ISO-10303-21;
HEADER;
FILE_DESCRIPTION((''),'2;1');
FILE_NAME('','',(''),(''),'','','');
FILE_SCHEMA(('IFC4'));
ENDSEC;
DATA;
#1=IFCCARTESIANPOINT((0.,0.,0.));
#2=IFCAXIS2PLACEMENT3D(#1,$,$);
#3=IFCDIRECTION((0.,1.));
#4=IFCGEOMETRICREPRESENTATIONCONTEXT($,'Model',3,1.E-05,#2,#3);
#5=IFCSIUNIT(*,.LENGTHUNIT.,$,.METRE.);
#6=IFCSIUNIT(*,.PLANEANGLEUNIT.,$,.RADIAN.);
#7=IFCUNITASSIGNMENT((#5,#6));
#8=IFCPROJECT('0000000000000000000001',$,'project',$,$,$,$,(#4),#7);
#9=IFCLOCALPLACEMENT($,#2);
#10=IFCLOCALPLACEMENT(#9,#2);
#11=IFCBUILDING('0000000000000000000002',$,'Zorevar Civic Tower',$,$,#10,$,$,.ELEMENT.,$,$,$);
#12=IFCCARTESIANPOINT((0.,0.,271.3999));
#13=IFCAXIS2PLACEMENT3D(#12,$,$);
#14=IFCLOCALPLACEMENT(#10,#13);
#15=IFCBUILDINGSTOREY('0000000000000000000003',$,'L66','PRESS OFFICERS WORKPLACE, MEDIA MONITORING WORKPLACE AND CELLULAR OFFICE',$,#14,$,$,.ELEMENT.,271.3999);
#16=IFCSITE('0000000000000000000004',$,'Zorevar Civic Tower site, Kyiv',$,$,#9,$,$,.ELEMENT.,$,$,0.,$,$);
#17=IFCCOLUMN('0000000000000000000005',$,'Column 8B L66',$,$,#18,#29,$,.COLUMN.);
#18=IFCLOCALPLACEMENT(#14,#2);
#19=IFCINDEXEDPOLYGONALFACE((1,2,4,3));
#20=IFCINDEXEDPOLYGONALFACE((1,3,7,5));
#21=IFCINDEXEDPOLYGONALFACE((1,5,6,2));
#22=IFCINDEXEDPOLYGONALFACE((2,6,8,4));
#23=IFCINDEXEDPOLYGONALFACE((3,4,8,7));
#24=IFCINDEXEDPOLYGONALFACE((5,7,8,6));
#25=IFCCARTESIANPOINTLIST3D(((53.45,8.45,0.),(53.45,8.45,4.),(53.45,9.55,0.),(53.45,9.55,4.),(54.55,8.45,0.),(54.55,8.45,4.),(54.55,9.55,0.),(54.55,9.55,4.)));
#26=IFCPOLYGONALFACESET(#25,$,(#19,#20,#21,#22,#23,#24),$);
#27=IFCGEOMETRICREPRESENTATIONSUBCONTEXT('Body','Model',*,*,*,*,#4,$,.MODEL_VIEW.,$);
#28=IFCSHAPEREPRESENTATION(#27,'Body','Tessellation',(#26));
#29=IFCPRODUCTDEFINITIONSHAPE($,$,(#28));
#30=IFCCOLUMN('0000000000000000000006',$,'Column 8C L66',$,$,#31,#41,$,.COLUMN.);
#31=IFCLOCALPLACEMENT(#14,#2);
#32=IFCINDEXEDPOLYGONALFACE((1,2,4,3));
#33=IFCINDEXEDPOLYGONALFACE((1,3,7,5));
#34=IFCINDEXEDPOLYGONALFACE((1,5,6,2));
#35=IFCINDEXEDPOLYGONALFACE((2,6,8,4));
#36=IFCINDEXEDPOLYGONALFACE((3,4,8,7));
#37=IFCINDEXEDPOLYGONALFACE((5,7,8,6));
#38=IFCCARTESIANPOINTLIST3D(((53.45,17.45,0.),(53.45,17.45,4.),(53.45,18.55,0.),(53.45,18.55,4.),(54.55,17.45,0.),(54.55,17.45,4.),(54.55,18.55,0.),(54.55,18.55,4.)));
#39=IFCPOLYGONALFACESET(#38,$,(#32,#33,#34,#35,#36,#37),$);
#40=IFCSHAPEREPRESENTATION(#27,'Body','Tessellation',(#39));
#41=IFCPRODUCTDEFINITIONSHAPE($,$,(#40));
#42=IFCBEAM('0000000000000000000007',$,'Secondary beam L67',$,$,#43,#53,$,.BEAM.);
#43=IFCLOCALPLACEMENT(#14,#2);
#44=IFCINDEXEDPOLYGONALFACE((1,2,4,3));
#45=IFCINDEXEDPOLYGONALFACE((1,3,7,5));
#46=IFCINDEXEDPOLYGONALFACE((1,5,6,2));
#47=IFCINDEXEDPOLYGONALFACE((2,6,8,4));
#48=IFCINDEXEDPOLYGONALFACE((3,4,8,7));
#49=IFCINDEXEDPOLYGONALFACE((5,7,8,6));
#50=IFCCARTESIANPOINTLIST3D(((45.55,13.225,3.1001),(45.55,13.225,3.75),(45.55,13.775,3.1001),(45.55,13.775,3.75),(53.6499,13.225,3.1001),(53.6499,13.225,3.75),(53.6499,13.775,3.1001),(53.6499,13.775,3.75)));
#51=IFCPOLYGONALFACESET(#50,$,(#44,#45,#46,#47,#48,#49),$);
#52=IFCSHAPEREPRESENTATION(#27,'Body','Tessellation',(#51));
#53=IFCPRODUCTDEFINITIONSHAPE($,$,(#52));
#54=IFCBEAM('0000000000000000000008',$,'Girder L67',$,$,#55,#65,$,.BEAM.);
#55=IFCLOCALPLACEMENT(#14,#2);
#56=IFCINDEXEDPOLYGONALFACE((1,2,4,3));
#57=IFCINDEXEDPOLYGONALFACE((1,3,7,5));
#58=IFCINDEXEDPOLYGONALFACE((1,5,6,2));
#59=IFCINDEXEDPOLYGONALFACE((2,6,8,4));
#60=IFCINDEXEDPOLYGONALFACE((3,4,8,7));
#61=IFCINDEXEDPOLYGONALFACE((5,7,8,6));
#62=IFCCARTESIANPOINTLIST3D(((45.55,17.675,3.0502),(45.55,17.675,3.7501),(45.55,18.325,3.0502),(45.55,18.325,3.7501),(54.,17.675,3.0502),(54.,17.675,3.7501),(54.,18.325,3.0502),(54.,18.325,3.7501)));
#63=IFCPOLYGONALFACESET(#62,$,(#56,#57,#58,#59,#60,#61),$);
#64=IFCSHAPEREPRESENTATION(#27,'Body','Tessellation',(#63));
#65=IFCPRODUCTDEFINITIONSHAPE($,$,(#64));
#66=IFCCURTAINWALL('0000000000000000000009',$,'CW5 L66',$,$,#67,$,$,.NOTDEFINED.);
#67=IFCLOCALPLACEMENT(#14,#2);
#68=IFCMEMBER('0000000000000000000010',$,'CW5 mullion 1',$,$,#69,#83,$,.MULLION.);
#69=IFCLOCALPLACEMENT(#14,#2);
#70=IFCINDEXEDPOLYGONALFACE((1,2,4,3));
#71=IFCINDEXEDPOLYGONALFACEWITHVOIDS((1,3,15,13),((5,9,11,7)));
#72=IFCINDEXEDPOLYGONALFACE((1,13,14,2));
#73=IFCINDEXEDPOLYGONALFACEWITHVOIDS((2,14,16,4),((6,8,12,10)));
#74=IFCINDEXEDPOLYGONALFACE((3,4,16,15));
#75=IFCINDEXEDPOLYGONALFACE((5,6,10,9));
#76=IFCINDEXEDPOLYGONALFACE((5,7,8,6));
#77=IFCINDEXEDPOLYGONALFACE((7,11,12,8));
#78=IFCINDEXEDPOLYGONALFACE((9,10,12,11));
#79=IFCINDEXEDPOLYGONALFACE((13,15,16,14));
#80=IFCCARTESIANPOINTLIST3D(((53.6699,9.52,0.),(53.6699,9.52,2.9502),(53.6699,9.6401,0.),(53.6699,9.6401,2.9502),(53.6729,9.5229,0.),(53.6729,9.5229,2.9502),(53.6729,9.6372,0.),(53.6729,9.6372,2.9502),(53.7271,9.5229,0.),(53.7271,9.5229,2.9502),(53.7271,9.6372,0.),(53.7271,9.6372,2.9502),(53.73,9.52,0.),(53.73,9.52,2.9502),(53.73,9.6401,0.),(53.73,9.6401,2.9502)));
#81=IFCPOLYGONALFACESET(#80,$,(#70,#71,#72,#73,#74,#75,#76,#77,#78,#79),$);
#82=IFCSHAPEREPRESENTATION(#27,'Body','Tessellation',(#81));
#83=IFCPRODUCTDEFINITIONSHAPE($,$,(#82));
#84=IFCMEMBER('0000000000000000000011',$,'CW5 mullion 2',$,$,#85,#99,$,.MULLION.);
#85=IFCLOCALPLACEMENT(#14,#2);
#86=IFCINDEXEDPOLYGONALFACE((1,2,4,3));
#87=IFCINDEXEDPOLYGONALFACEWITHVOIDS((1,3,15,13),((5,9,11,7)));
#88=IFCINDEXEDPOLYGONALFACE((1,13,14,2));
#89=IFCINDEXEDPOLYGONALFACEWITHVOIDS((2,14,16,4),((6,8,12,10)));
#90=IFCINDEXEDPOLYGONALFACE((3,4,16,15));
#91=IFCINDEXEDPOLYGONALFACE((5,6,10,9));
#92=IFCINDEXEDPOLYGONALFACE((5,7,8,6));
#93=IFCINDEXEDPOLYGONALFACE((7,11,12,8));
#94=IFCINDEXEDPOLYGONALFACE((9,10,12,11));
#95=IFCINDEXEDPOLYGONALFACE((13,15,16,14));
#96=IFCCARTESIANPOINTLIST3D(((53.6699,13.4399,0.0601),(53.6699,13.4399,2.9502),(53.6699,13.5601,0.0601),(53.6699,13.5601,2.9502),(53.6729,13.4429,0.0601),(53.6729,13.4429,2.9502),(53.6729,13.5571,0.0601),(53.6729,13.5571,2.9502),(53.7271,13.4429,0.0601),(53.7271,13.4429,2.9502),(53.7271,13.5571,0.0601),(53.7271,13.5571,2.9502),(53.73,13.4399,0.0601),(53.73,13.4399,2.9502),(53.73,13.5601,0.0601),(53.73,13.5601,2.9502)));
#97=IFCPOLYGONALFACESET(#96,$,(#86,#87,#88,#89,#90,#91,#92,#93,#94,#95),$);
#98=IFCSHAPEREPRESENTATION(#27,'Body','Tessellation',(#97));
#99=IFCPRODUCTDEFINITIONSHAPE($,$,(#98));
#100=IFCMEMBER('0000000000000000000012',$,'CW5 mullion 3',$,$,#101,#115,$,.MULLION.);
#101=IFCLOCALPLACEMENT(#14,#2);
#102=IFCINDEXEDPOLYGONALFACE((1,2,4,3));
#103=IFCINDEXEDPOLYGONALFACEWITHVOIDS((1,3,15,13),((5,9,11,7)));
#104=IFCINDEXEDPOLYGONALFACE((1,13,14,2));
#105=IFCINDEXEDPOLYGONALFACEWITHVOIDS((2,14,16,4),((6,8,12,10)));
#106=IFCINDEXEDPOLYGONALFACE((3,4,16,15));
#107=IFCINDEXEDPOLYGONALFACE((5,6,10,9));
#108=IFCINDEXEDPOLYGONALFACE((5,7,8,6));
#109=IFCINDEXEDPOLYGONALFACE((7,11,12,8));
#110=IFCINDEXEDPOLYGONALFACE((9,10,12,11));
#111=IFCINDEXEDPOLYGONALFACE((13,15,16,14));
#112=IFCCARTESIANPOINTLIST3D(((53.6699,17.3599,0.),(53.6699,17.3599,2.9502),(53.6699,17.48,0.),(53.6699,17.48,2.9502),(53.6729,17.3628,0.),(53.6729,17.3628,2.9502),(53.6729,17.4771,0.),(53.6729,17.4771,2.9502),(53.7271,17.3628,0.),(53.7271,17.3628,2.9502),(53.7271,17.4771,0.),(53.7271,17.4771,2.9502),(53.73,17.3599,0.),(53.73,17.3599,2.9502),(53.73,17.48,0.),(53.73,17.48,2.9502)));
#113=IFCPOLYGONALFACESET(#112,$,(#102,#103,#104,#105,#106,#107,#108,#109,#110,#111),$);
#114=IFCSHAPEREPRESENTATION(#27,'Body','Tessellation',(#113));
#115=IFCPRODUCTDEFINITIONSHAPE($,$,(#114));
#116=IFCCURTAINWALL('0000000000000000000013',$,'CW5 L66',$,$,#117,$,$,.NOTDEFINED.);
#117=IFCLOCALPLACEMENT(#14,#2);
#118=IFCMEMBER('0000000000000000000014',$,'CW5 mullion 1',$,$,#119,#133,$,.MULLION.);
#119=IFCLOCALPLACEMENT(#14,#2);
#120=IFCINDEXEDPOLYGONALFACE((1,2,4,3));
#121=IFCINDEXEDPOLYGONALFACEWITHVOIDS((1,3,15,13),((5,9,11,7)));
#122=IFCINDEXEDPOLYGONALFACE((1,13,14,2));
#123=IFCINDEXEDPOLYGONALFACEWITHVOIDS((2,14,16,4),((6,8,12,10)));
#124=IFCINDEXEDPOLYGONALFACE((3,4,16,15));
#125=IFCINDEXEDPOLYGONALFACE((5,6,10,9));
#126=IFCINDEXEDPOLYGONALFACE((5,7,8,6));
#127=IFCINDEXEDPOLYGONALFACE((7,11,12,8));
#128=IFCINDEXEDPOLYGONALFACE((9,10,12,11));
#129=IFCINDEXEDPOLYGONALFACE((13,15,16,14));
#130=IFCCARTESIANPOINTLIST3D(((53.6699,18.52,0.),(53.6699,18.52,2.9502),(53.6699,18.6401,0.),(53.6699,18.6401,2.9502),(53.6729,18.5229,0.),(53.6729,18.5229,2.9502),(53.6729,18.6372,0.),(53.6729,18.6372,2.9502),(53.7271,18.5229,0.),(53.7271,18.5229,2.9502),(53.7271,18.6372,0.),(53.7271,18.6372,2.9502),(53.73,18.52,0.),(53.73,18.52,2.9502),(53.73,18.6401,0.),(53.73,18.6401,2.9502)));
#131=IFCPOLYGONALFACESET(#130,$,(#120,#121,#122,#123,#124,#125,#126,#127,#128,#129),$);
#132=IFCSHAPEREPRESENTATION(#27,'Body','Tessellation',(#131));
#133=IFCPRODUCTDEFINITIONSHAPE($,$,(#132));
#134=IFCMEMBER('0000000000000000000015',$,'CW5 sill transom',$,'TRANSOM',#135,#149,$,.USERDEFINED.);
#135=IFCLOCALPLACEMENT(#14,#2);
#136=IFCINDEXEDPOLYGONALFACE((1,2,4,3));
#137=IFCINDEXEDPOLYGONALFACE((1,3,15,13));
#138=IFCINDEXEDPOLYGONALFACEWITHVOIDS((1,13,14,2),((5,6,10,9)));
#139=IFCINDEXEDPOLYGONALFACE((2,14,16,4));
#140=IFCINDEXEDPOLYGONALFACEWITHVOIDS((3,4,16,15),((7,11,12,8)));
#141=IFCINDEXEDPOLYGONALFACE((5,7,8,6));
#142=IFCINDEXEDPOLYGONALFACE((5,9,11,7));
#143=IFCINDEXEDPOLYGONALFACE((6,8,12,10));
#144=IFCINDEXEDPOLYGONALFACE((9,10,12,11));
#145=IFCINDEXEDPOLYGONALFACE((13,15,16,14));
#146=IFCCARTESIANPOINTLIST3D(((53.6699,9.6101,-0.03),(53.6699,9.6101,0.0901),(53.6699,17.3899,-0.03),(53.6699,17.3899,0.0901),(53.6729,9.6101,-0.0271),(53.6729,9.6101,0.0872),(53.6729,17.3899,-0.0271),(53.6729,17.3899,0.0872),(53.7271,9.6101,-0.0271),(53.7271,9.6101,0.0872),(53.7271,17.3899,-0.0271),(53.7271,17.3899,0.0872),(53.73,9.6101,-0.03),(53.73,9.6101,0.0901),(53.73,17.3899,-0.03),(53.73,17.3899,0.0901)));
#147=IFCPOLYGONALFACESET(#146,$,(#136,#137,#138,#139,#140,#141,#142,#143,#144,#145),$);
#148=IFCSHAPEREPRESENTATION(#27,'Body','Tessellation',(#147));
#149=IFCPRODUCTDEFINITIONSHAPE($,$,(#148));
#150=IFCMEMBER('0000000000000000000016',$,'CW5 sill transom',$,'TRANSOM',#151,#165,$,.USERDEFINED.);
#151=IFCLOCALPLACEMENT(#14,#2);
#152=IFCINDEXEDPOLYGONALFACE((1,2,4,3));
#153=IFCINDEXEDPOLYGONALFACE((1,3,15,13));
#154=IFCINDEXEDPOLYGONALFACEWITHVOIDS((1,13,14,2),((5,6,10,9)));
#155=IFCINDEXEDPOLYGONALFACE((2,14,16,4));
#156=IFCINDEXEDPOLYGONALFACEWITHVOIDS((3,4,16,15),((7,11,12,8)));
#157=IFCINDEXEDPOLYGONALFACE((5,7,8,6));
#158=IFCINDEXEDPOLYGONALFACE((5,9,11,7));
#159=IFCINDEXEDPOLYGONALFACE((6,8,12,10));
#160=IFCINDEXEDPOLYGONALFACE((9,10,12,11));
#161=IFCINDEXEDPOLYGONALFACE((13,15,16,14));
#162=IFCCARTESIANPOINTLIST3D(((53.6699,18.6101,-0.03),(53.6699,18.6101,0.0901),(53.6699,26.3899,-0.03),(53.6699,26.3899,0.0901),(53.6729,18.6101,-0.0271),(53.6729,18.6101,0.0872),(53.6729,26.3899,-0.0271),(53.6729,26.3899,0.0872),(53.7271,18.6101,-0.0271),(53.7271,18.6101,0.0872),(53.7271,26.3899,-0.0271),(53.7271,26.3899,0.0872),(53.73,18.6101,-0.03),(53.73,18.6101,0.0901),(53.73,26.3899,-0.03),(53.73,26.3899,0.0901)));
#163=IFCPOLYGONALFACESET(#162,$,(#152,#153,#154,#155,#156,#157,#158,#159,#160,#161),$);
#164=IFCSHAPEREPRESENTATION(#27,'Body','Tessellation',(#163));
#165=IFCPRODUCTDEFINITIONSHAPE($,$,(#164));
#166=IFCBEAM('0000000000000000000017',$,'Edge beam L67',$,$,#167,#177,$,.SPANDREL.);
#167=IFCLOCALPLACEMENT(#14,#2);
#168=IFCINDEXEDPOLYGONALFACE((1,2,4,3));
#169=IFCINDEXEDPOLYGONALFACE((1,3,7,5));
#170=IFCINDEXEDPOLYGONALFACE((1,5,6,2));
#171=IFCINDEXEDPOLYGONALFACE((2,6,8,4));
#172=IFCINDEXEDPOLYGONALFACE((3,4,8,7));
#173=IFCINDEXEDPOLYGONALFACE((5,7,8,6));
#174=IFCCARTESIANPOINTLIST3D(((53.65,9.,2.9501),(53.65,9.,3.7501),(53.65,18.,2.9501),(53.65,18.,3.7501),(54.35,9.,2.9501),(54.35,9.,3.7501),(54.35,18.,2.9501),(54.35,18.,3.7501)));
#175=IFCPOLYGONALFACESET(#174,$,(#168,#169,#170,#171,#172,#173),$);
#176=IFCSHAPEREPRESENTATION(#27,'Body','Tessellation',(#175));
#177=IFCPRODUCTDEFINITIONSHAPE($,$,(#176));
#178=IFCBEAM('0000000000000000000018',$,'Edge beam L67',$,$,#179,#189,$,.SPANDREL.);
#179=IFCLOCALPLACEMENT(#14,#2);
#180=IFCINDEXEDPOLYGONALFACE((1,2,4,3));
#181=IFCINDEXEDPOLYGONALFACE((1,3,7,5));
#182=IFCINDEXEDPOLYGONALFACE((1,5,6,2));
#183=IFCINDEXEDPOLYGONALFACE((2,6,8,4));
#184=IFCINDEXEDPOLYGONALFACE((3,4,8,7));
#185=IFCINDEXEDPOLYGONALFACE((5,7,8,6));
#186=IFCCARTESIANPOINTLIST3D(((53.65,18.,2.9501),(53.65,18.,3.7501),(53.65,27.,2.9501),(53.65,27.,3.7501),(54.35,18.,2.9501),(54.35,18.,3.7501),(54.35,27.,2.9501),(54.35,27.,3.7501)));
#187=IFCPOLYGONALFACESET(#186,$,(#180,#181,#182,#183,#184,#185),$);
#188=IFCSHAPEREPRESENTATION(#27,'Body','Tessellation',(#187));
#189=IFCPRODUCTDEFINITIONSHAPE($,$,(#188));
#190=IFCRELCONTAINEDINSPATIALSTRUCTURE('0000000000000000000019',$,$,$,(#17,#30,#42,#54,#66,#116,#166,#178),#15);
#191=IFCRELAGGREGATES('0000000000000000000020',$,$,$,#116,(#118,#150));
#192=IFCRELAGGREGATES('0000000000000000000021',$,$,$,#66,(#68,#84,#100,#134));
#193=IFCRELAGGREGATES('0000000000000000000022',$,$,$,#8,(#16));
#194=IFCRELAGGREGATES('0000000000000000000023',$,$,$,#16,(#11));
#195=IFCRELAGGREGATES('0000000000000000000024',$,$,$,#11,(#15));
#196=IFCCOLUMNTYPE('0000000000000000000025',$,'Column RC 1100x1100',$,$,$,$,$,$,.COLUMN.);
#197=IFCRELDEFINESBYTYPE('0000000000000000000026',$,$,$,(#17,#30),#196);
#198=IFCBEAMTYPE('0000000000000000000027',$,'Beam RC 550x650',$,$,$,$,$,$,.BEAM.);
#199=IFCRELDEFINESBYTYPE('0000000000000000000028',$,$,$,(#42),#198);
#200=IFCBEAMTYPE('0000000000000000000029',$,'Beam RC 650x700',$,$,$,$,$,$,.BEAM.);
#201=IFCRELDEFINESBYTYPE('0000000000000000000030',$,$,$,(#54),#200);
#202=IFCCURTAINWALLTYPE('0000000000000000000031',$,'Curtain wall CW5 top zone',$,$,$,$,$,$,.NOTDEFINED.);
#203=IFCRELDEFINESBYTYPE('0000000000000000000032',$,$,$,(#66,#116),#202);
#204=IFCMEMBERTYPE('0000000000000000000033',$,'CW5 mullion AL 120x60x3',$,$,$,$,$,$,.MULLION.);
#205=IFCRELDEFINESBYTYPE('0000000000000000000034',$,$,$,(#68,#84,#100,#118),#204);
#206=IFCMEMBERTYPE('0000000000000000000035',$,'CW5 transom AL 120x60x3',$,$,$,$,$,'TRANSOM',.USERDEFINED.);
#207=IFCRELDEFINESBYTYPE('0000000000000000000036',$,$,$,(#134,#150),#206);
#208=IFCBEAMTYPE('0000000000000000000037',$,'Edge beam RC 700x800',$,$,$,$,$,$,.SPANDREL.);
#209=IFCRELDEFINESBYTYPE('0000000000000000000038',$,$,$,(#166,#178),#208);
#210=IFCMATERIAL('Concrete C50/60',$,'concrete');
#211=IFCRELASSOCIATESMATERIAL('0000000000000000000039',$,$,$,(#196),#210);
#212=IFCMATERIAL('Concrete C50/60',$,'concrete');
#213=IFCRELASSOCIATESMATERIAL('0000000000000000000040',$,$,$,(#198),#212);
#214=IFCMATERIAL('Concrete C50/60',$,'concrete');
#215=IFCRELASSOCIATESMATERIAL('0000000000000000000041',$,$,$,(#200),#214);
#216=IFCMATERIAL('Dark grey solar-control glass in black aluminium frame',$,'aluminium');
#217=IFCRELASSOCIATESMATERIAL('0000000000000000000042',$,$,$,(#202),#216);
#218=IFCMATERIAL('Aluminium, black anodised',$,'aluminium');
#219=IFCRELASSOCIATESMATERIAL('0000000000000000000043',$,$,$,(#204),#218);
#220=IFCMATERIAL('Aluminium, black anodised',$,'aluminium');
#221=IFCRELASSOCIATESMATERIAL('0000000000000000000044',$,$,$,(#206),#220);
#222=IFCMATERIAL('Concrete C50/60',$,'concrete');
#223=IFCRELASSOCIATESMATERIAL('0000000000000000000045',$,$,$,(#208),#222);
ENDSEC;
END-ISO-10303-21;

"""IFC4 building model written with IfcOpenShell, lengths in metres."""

from ifc_helpers import new_model, si_unit, direction, frame, origin, origin_2d, place, context, subcontext, project, spatial, rectangle, hollow_rectangle, extrude, material, material_profile, profile_set, type_object, element, aggregate, save


model = new_model("IFC4")

# Units and contexts
model_context = context("Model", 3, precision=1e-05, world=origin(), true_north=direction((0.0, 1.0)))
body_context = subcontext(model_context, "Body", "Model", "MODEL_VIEW")
ifc_project = project(units=[si_unit("LENGTHUNIT", "METRE"), si_unit("PLANEANGLEUNIT", "RADIAN")], contexts=[model_context])

# Site, building, storey
site_placement = place(None, origin())
site = spatial("IfcSite", under=ifc_project, at=site_placement, Name="Zorevar Civic Tower site, Kyiv", CompositionType="ELEMENT", RefElevation=0.0)
building_placement = place(site_placement, origin())
building = spatial("IfcBuilding", under=site, at=building_placement, Name="Zorevar Civic Tower", CompositionType="ELEMENT")
storey_placement = place(building_placement, frame((0.0, 0.0, 271.3999)))
storey = spatial("IfcBuildingStorey", under=building, at=storey_placement, Name="L66", Description="PRESS OFFICERS WORKPLACE, MEDIA MONITORING WORKPLACE AND CELLULAR OFFICE", CompositionType="ELEMENT", Elevation=271.3999)

# Columns
ifc_material_1 = material(Name="Concrete C50/60", Category="concrete")
ifc_material_profile_1 = material_profile(ifc_material_1, rectangle(XDim=1.1001, YDim=1.1001, at=origin_2d()), Name="RC 1100x1100")
ifc_profile_set_1 = profile_set([ifc_material_profile_1], Name="Concrete C50/60")
column_type = type_object("IfcColumnType", Name="Column RC 1100x1100", PredefinedType="COLUMN", material=ifc_profile_set_1)
for number, where, z_axis, x_axis, name in (
    (1, (54.0, 9.0, 0.0), (0.0, 0.0, 1.0), (1.0, 0.0, 0.0), "Column 8B L66"),
    (2, (54.0, 18.0, 0.0), (0.0, 0.0, 1.0), (1.0, 0.0, 0.0), "Column 8C L66"),
):
    element("IfcColumn", number, at=place(storey_placement, frame(where, z_axis=z_axis, x_axis=x_axis)), inside=storey, type_object=column_type, Name=name, PredefinedType="COLUMN", context=body_context, shape_type="SweptSolid", body=[
        extrude(rectangle(XDim=1.1001, YDim=1.1001, at=origin_2d()), origin(), (0.0, 0.0, 1.0), 4.0),
    ])

# Beams
ifc_material_2 = material(Name="Concrete C50/60", Category="concrete")
ifc_material_profile_2 = material_profile(ifc_material_2, rectangle(XDim=0.55, YDim=0.6499, at=origin_2d()), Name="RC 550x650")
ifc_profile_set_2 = profile_set([ifc_material_profile_2], Name="Concrete C50/60")
beam_type_1 = type_object("IfcBeamType", Name="Beam RC 550x650", PredefinedType="BEAM", material=ifc_profile_set_2)
beam_1_placement = place(storey_placement, frame((45.55, 13.5, 3.425), z_axis=(1.0, 0.0, 0.0), x_axis=(0.0, 1.0, 0.0)))
element("IfcBeam", 3, at=beam_1_placement, inside=storey, type_object=beam_type_1, Name="Secondary beam L67", PredefinedType="BEAM", context=body_context, shape_type="SweptSolid", body=[
    extrude(rectangle(XDim=0.55, YDim=0.6499, at=origin_2d()), origin(), (0.0, 0.0, 1.0), 8.0999),
])
ifc_material_3 = material(Name="Concrete C50/60", Category="concrete")
ifc_material_profile_3 = material_profile(ifc_material_3, rectangle(XDim=0.6499, YDim=0.7, at=origin_2d()), Name="RC 650x700")
ifc_profile_set_3 = profile_set([ifc_material_profile_3], Name="Concrete C50/60")
beam_type_2 = type_object("IfcBeamType", Name="Beam RC 650x700", PredefinedType="BEAM", material=ifc_profile_set_3)
beam_2_placement = place(storey_placement, frame((45.55, 18.0, 3.4001), z_axis=(1.0, 0.0, 0.0), x_axis=(0.0, 1.0, 0.0)))
element("IfcBeam", 4, at=beam_2_placement, inside=storey, type_object=beam_type_2, Name="Girder L67", PredefinedType="BEAM", context=body_context, shape_type="SweptSolid", body=[
    extrude(rectangle(XDim=0.6499, YDim=0.7, at=origin_2d()), origin(), (0.0, 0.0, 1.0), 8.45),
])

# Curtain wall, members
ifc_material_4 = material(Name="Dark grey solar-control glass in black aluminium frame", Category="aluminium")
curtain_wall_type = type_object("IfcCurtainWallType", Name="Curtain wall CW5 top zone", PredefinedType="NOTDEFINED", material=ifc_material_4)
curtain_wall_1_placement = place(storey_placement, origin())
curtain_wall_1 = element("IfcCurtainWall", 5, at=curtain_wall_1_placement, inside=storey, type_object=curtain_wall_type, Name="CW5 L66", PredefinedType="NOTDEFINED")
ifc_material_5 = material(Name="Aluminium, black anodised", Category="aluminium")
ifc_material_profile_4 = material_profile(ifc_material_5, hollow_rectangle(XDim=0.0601, YDim=0.1201, WallThickness=0.0029, at=origin_2d()), Name="AL 120x60x3")
ifc_profile_set_4 = profile_set([ifc_material_profile_4], Name="Aluminium, black anodised")
member_type_1 = type_object("IfcMemberType", Name="CW5 mullion AL 120x60x3", PredefinedType="MULLION", material=ifc_profile_set_4)
member_1_placement = place(storey_placement, frame((53.7, 9.5801, 0.0), z_axis=(0.0, 0.0, 1.0), x_axis=(-1.0, 0.0, 0.0)))
member_1 = element("IfcMember", 6, at=member_1_placement, type_object=member_type_1, Name="CW5 mullion 1", PredefinedType="MULLION", context=body_context, shape_type="SweptSolid", body=[
    extrude(hollow_rectangle(XDim=0.0601, YDim=0.1201, WallThickness=0.0029, at=origin_2d()), origin(), (0.0, 0.0, 1.0), 2.9502),
])
member_2_placement = place(storey_placement, frame((53.7, 13.5, 0.0601), z_axis=(0.0, 0.0, 1.0), x_axis=(-1.0, 0.0, 0.0)))
member_2 = element("IfcMember", 7, at=member_2_placement, type_object=member_type_1, Name="CW5 mullion 2", PredefinedType="MULLION", context=body_context, shape_type="SweptSolid", body=[
    extrude(hollow_rectangle(XDim=0.0601, YDim=0.1201, WallThickness=0.0029, at=origin_2d()), origin(), (0.0, 0.0, 1.0), 2.8901),
])
member_3_placement = place(storey_placement, frame((53.7, 17.4199, 0.0), z_axis=(0.0, 0.0, 1.0), x_axis=(-1.0, 0.0, 0.0)))
member_3 = element("IfcMember", 8, at=member_3_placement, type_object=member_type_1, Name="CW5 mullion 3", PredefinedType="MULLION", context=body_context, shape_type="SweptSolid", body=[
    extrude(hollow_rectangle(XDim=0.0601, YDim=0.1201, WallThickness=0.0029, at=origin_2d()), origin(), (0.0, 0.0, 1.0), 2.9502),
])

# Curtain wall, member
curtain_wall_2_placement = place(storey_placement, origin())
curtain_wall_2 = element("IfcCurtainWall", 9, at=curtain_wall_2_placement, inside=storey, type_object=curtain_wall_type, Name="CW5 L66", PredefinedType="NOTDEFINED")
member_4_placement = place(storey_placement, frame((53.7, 18.5801, 0.0), z_axis=(0.0, 0.0, 1.0), x_axis=(-1.0, 0.0, 0.0)))
member_4 = element("IfcMember", 10, at=member_4_placement, type_object=member_type_1, Name="CW5 mullion 1", PredefinedType="MULLION", context=body_context, shape_type="SweptSolid", body=[
    extrude(hollow_rectangle(XDim=0.0601, YDim=0.1201, WallThickness=0.0029, at=origin_2d()), origin(), (0.0, 0.0, 1.0), 2.9502),
])

# Members
ifc_material_6 = material(Name="Aluminium, black anodised", Category="aluminium")
ifc_material_profile_5 = material_profile(ifc_material_6, hollow_rectangle(XDim=0.0601, YDim=0.1201, WallThickness=0.0029, at=origin_2d()), Name="AL 120x60x3")
ifc_profile_set_5 = profile_set([ifc_material_profile_5], Name="Aluminium, black anodised")
member_type_2 = type_object("IfcMemberType", Name="CW5 transom AL 120x60x3", ElementType="TRANSOM", PredefinedType="USERDEFINED", material=ifc_profile_set_5)
member_5_placement = place(storey_placement, frame((53.7, 9.6101, 0.03), z_axis=(0.0, 1.0, 0.0), x_axis=(-1.0, 0.0, 0.0)))
member_5 = element("IfcMember", 11, at=member_5_placement, type_object=member_type_2, Name="CW5 sill transom", ObjectType="TRANSOM", PredefinedType="USERDEFINED", context=body_context, shape_type="SweptSolid", body=[
    extrude(hollow_rectangle(XDim=0.0601, YDim=0.1201, WallThickness=0.0029, at=origin_2d()), origin(), (0.0, 0.0, 1.0), 7.7798),
])
member_6_placement = place(storey_placement, frame((53.7, 18.6101, 0.03), z_axis=(0.0, 1.0, 0.0), x_axis=(-1.0, 0.0, 0.0)))
member_6 = element("IfcMember", 12, at=member_6_placement, type_object=member_type_2, Name="CW5 sill transom", ObjectType="TRANSOM", PredefinedType="USERDEFINED", context=body_context, shape_type="SweptSolid", body=[
    extrude(hollow_rectangle(XDim=0.0601, YDim=0.1201, WallThickness=0.0029, at=origin_2d()), origin(), (0.0, 0.0, 1.0), 7.7798),
])
aggregate(curtain_wall_2, [member_4, member_6])

# Beams
ifc_material_7 = material(Name="Concrete C50/60", Category="concrete")
ifc_material_profile_6 = material_profile(ifc_material_7, rectangle(XDim=0.7, YDim=0.8, at=origin_2d()), Name="RC 700x800")
ifc_profile_set_6 = profile_set([ifc_material_profile_6], Name="Concrete C50/60")
beam_type_3 = type_object("IfcBeamType", Name="Edge beam RC 700x800", PredefinedType="SPANDREL", material=ifc_profile_set_6)
for number, where, z_axis, x_axis, name in (
    (13, (54.0, 9.0, 3.3501), (0.0, 1.0, 0.0), (-1.0, 0.0, 0.0), "Edge beam L67"),
    (14, (54.0, 18.0, 3.3501), (0.0, 1.0, 0.0), (-1.0, 0.0, 0.0), "Edge beam L67"),
):
    element("IfcBeam", number, at=place(storey_placement, frame(where, z_axis=z_axis, x_axis=x_axis)), inside=storey, type_object=beam_type_3, Name=name, PredefinedType="SPANDREL", context=body_context, shape_type="SweptSolid", body=[
        extrude(rectangle(XDim=0.7, YDim=0.8, at=origin_2d()), origin(), (0.0, 0.0, 1.0), 9.0),
    ])

aggregate(curtain_wall_1, [member_1, member_2, member_3, member_5])

save(model, "model.ifc")
